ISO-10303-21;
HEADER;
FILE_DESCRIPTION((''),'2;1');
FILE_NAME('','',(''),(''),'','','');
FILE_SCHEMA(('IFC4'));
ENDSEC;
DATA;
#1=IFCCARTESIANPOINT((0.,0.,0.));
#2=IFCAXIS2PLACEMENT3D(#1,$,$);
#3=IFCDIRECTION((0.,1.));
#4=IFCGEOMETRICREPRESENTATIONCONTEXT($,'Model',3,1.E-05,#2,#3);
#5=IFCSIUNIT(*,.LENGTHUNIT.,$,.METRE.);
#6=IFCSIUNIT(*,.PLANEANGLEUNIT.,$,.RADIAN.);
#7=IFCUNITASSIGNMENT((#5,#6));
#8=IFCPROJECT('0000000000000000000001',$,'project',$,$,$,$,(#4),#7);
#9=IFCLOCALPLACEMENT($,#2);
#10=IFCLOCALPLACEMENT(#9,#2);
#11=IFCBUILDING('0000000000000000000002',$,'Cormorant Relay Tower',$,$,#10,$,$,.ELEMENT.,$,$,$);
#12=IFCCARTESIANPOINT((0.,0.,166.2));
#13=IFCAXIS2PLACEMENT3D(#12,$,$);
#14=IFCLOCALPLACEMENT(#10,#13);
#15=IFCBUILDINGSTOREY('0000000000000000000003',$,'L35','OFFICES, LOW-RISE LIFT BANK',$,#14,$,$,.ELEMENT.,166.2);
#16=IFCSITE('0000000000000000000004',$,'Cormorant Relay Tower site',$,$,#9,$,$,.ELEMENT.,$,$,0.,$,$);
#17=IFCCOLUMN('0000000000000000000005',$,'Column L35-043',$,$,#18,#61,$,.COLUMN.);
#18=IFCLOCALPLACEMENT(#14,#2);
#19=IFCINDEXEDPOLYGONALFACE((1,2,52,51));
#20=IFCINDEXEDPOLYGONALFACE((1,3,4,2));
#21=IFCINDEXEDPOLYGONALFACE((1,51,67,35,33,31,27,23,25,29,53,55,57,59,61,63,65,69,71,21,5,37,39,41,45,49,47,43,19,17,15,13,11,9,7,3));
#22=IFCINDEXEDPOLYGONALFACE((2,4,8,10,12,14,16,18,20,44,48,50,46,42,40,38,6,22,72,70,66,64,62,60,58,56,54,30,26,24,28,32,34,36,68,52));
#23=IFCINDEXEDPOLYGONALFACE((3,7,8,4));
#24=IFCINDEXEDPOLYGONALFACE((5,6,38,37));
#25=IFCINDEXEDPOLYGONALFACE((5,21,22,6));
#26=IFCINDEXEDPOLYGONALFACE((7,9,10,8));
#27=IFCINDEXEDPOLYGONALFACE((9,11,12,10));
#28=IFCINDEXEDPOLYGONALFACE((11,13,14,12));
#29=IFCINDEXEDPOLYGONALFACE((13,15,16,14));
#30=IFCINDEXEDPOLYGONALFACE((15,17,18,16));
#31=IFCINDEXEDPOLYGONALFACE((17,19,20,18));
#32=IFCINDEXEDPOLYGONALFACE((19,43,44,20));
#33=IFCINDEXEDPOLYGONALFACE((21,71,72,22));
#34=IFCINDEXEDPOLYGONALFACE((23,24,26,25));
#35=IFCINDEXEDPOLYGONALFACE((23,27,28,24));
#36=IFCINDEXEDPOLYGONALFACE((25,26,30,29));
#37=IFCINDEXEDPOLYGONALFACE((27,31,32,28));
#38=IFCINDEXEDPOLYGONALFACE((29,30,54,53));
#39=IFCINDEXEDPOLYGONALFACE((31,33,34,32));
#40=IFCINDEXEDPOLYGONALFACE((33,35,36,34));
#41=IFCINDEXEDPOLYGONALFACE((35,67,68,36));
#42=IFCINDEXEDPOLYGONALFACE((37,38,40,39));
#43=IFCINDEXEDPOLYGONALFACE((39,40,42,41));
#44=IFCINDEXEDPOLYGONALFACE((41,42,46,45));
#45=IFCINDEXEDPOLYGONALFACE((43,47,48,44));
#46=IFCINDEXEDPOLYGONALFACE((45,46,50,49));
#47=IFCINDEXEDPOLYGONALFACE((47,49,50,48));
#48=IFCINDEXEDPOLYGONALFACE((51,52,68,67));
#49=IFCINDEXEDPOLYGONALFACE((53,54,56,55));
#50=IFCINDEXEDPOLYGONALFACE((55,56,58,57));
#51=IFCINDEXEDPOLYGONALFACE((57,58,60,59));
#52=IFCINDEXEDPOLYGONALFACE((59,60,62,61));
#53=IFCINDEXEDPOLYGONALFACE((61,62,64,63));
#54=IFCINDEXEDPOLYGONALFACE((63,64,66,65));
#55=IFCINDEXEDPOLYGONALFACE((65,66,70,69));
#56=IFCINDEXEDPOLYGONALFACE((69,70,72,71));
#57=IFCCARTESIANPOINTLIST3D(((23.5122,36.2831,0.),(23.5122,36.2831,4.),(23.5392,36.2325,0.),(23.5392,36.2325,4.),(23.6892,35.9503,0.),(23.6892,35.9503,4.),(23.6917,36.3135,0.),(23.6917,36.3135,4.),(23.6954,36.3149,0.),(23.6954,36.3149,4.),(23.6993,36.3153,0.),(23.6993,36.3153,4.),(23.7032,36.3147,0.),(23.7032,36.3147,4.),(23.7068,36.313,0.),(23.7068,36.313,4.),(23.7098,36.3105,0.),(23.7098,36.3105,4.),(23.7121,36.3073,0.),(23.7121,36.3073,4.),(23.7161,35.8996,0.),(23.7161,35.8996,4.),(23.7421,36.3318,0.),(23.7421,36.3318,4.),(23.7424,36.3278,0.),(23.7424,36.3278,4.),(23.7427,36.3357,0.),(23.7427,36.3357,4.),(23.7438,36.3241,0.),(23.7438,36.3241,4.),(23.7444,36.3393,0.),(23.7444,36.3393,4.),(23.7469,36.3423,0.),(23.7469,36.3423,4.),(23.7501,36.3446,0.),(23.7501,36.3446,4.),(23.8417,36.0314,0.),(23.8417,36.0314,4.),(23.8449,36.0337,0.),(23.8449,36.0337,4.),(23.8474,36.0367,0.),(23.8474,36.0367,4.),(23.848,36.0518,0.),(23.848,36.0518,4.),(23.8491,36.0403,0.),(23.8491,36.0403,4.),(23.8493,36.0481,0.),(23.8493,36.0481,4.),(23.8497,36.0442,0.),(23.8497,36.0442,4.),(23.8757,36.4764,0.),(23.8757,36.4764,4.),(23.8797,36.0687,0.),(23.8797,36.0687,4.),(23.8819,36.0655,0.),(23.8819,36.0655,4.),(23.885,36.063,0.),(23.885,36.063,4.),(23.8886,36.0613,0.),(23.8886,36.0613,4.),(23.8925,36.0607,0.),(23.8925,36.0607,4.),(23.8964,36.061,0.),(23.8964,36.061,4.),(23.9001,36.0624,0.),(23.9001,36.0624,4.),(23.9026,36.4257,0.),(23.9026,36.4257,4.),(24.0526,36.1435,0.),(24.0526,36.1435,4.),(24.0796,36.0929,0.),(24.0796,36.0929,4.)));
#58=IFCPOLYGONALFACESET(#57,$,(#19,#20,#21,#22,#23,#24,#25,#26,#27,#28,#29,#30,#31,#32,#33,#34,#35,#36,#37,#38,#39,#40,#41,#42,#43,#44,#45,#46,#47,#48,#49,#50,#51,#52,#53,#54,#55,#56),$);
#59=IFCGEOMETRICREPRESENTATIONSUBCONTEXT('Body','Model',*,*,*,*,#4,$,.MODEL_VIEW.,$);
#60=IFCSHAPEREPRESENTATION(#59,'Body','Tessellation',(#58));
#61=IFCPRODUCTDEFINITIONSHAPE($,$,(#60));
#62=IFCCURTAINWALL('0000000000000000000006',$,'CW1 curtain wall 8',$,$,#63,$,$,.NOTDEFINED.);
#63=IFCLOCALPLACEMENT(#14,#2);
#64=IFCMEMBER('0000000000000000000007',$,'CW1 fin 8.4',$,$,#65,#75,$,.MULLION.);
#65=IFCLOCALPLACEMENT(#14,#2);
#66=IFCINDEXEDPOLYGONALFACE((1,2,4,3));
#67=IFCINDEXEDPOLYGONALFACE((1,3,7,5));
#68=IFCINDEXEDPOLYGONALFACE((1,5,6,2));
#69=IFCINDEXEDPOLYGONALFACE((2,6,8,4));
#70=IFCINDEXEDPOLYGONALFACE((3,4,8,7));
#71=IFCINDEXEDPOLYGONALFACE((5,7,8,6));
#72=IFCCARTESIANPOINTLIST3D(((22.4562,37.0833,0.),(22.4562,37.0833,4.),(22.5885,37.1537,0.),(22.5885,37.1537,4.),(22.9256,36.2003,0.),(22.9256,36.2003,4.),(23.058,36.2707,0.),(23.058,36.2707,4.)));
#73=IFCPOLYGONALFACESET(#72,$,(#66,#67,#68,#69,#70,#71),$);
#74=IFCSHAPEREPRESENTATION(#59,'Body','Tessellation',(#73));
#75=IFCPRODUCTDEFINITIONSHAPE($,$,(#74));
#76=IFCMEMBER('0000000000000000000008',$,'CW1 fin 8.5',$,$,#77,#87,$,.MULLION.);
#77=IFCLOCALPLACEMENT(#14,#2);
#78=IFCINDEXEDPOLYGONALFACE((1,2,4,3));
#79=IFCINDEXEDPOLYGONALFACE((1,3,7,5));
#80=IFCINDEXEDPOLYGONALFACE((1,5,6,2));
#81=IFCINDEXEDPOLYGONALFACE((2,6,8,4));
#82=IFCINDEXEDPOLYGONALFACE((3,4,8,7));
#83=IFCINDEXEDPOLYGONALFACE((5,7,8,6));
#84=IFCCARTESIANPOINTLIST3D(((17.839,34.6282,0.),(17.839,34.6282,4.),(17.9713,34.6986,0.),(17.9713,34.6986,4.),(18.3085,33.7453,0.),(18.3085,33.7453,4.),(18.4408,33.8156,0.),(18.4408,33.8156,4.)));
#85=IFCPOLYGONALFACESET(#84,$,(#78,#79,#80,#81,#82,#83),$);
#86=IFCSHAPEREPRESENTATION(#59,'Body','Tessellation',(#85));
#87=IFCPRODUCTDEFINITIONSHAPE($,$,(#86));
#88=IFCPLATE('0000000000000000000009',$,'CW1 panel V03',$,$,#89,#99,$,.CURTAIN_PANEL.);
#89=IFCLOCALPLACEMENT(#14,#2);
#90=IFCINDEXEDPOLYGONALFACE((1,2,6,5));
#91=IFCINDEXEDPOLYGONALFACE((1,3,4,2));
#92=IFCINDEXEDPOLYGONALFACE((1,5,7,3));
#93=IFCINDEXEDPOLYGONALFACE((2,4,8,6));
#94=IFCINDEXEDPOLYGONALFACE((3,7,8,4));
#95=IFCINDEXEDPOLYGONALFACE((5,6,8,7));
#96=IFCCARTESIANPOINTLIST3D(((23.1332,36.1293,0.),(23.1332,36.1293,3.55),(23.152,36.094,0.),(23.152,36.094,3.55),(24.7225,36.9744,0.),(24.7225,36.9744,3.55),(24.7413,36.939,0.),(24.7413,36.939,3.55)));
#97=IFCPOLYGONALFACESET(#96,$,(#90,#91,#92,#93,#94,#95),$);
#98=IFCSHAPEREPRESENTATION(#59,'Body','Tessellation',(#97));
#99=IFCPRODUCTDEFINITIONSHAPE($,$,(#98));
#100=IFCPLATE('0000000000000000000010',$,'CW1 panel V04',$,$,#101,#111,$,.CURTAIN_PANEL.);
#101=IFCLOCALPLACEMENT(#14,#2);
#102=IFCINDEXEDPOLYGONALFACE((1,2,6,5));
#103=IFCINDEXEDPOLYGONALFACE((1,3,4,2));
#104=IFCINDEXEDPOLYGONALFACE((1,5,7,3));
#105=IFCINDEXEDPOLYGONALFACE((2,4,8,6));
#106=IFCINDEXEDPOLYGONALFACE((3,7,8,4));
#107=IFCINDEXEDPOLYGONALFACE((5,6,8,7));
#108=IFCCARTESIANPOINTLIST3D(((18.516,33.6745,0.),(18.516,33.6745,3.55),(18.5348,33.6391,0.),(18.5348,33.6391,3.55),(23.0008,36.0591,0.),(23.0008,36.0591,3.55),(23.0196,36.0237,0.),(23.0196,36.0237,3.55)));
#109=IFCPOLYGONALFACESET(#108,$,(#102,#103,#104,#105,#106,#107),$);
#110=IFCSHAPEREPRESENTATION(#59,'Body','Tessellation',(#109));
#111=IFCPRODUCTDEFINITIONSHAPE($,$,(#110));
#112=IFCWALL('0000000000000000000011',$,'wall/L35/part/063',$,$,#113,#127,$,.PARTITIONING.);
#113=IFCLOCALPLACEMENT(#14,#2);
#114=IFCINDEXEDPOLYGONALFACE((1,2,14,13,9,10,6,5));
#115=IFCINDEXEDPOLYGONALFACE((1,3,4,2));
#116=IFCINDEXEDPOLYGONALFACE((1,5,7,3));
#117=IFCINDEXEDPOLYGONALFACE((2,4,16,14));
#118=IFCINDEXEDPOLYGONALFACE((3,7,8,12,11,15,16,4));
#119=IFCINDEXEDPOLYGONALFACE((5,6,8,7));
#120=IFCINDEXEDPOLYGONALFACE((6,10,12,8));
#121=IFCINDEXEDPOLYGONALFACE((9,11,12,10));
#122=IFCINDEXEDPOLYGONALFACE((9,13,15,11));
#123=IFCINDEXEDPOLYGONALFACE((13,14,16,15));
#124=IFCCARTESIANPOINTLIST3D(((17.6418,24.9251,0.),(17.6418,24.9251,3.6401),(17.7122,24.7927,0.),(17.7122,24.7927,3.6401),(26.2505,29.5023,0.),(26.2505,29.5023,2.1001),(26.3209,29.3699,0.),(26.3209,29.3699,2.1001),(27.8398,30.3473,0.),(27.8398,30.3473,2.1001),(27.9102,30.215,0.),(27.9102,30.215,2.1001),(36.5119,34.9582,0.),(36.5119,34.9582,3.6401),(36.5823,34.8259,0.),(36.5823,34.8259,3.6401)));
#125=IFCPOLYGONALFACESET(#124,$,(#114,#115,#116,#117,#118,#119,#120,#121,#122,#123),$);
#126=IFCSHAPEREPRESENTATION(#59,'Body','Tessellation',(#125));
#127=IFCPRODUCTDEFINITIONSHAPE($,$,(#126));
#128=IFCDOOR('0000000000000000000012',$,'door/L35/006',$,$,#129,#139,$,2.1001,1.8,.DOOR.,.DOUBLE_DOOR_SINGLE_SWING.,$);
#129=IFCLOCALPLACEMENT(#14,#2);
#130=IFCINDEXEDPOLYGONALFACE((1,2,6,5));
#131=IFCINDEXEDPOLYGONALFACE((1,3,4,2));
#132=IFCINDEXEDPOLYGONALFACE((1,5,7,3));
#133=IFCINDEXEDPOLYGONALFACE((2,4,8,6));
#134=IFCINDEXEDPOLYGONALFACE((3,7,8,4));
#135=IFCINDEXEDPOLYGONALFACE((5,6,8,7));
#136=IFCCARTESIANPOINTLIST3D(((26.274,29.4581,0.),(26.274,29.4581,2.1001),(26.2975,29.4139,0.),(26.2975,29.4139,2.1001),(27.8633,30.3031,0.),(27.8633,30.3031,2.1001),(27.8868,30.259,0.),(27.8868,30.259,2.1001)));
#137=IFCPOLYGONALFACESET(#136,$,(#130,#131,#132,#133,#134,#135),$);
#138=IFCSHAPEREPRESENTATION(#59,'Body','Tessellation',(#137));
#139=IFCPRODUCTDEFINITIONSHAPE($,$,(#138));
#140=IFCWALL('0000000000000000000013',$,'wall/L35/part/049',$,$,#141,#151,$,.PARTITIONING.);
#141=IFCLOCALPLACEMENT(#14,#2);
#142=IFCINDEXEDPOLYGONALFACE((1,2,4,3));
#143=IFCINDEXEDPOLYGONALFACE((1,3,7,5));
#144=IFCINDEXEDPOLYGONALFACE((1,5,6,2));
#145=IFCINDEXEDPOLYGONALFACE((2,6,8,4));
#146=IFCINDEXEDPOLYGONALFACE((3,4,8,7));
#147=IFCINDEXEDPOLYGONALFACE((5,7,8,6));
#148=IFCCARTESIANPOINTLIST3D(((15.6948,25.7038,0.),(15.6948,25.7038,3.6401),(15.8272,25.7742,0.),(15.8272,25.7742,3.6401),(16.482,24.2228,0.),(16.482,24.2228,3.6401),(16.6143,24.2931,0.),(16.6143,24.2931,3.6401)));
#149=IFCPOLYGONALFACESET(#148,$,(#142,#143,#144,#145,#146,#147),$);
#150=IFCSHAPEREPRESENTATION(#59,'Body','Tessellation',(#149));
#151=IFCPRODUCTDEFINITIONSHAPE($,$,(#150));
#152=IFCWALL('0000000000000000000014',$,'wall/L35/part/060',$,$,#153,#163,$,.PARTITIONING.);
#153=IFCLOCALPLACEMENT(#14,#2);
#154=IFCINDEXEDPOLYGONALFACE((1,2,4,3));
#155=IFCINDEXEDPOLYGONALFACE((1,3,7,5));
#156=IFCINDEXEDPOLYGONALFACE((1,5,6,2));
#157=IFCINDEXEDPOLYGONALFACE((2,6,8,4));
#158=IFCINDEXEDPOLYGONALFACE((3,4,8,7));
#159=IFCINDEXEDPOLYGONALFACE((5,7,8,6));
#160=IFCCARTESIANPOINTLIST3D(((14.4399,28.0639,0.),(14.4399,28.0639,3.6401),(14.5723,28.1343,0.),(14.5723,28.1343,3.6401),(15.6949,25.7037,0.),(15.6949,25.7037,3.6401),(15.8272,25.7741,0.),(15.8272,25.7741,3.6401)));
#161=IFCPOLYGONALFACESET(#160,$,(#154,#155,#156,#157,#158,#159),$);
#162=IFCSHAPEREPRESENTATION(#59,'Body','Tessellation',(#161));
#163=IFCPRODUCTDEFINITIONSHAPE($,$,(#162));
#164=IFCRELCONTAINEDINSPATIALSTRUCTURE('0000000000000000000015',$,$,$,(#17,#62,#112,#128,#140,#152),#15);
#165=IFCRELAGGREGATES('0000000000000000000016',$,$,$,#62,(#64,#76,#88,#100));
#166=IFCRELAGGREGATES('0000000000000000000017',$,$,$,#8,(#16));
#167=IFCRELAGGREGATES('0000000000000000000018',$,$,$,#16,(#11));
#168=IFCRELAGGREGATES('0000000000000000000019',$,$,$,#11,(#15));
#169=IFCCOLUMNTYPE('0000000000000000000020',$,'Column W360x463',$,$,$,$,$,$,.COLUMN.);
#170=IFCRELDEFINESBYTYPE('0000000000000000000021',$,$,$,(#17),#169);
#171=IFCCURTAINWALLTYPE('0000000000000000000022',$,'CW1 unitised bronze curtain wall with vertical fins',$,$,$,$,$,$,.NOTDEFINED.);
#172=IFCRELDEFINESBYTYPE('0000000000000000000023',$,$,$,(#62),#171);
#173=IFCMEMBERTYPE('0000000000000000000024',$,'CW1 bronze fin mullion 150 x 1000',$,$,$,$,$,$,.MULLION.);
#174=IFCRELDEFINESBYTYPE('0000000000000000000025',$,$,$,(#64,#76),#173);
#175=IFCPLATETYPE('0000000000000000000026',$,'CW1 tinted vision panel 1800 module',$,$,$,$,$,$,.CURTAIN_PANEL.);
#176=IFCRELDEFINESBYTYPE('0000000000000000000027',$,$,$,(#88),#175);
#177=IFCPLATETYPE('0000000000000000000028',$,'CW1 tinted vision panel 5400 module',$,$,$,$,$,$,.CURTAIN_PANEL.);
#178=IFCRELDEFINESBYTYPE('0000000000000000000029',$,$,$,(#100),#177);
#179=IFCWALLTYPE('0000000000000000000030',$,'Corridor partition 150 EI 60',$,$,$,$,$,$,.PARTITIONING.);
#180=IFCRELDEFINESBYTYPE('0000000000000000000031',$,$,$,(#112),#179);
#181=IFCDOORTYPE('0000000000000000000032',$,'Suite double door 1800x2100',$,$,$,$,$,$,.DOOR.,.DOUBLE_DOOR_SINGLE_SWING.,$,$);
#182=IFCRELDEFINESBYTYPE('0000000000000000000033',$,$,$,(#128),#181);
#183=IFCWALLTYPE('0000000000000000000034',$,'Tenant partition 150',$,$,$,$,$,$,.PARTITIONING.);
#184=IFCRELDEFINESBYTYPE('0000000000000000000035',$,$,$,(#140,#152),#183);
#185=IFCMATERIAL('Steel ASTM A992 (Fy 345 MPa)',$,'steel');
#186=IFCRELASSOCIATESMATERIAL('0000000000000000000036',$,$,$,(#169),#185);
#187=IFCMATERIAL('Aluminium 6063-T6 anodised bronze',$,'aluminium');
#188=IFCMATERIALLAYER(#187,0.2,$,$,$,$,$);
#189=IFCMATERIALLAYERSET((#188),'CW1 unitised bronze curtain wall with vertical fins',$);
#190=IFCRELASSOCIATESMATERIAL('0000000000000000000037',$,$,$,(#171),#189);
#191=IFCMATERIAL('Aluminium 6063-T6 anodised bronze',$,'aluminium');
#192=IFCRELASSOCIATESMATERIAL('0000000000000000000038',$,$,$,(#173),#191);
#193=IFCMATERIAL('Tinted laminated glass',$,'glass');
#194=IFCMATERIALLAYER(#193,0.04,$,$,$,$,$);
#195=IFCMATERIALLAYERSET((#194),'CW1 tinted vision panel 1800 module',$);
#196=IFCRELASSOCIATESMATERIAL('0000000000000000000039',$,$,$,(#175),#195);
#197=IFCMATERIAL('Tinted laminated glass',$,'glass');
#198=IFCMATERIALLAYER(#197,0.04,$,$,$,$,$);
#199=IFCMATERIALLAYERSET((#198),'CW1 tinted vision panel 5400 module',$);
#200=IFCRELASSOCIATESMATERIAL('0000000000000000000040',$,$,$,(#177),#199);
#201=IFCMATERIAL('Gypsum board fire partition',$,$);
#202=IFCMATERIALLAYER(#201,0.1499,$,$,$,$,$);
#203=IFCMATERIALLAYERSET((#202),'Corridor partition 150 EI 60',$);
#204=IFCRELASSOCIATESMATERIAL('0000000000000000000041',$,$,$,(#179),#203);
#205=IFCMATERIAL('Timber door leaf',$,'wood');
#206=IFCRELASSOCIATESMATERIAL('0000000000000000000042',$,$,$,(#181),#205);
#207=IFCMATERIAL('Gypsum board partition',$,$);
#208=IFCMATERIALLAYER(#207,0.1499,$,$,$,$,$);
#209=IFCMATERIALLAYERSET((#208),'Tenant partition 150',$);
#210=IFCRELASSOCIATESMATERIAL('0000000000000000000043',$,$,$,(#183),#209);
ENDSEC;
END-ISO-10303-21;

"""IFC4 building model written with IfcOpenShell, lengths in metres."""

from ifc_helpers import new_model, si_unit, direction, frame, frame_2d, origin, origin_2d, place, context, subcontext, project, spatial, rectangle, i_section, extrude, material, layer, layer_set, material_profile, profile_set, type_object, element, fill, aggregate, save


model = new_model("IFC4")

# Units and contexts
model_context = context("Model", 3, precision=1e-05, world=origin(), true_north=direction((0.0, 1.0)))
body_context = subcontext(model_context, "Body", "Model", "MODEL_VIEW")
ifc_project = project(units=[si_unit("LENGTHUNIT", "METRE"), si_unit("PLANEANGLEUNIT", "RADIAN")], contexts=[model_context])

# Site, building, storey
site_placement = place(None, origin())
site = spatial("IfcSite", under=ifc_project, at=site_placement, Name="Cormorant Relay Tower site", CompositionType="ELEMENT", RefElevation=0.0)
building_placement = place(site_placement, origin())
building = spatial("IfcBuilding", under=site, at=building_placement, Name="Cormorant Relay Tower", CompositionType="ELEMENT")
storey_placement = place(building_placement, frame((0.0, 0.0, 166.2)))
storey = spatial("IfcBuildingStorey", under=building, at=storey_placement, Name="L35", Description="OFFICES, LOW-RISE LIFT BANK", CompositionType="ELEMENT", Elevation=166.2)

# Column
ifc_material_1 = material(Name="Steel ASTM A992 (Fy 345 MPa)", Category="steel")
ifc_material_profile_1 = material_profile(ifc_material_1, i_section(OverallWidth=0.4116, OverallDepth=0.4343, WebThickness=0.0359, FlangeThickness=0.0574, FilletRadius=0.0151, at=origin_2d()), Name="W360x463")
ifc_profile_set_1 = profile_set([ifc_material_profile_1], Name="Steel ASTM A992 (Fy 345 MPa)")
column_type = type_object("IfcColumnType", Name="Column W360x463", PredefinedType="COLUMN", material=ifc_profile_set_1)
column_placement = place(storey_placement, frame((23.7959, 36.188, 0.0), z_axis=(0.0, 0.0, 1.0), x_axis=(-0.882948, -0.469472, 0.0)))
element("IfcColumn", 1, at=column_placement, inside=storey, type_object=column_type, Name="Column L35-043", PredefinedType="COLUMN", context=body_context, shape_type="SweptSolid", body=[
    extrude(i_section(OverallWidth=0.4116, OverallDepth=0.4343, WebThickness=0.0359, FlangeThickness=0.0574, FilletRadius=0.0151, at=origin_2d()), origin(), (0.0, 0.0, 1.0), 4.0),
])

# Curtain wall, members, plates
ifc_material_2 = material(Name="Aluminium 6063-T6 anodised bronze", Category="aluminium")
ifc_layer_1 = layer(ifc_material_2, 0.2)
ifc_layer_set_1 = layer_set([ifc_layer_1], Name="CW1 unitised bronze curtain wall with vertical fins")
curtain_wall_type = type_object("IfcCurtainWallType", Name="CW1 unitised bronze curtain wall with vertical fins", PredefinedType="NOTDEFINED", material=ifc_layer_set_1)
curtain_wall_placement = place(storey_placement, origin())
curtain_wall = element("IfcCurtainWall", 2, at=curtain_wall_placement, inside=storey, type_object=curtain_wall_type, Name="CW1 curtain wall 8", PredefinedType="NOTDEFINED")
ifc_material_3 = material(Name="Aluminium 6063-T6 anodised bronze", Category="aluminium")
ifc_material_profile_2 = material_profile(ifc_material_3, rectangle(XDim=0.1499, YDim=1.0, at=origin_2d()), Name="AL 150x1000")
ifc_profile_set_2 = profile_set([ifc_material_profile_2], Name="Aluminium 6063-T6 anodised bronze")
member_type = type_object("IfcMemberType", Name="CW1 bronze fin mullion 150 x 1000", PredefinedType="MULLION", material=ifc_profile_set_2)
member_1_placement = place(storey_placement, frame((22.7571, 36.677, 0.0), z_axis=(0.0, 0.0, 1.0), x_axis=(-0.882948, -0.469472, 0.0)))
member_1 = element("IfcMember", 3, at=member_1_placement, type_object=member_type, Name="CW1 fin 8.4", PredefinedType="MULLION", context=body_context, shape_type="SweptSolid", body=[
    extrude(rectangle(XDim=0.1499, YDim=1.0, at=origin_2d()), origin(), (0.0, 0.0, 1.0), 4.0),
])
member_2_placement = place(storey_placement, frame((18.1399, 34.2219, 0.0), z_axis=(0.0, 0.0, 1.0), x_axis=(-0.882948, -0.469472, 0.0)))
member_2 = element("IfcMember", 4, at=member_2_placement, type_object=member_type, Name="CW1 fin 8.5", PredefinedType="MULLION", context=body_context, shape_type="SweptSolid", body=[
    extrude(rectangle(XDim=0.1499, YDim=1.0, at=origin_2d()), origin(), (0.0, 0.0, 1.0), 4.0),
])
ifc_material_4 = material(Name="Tinted laminated glass", Category="glass")
ifc_layer_2 = layer(ifc_material_4, 0.04)
ifc_layer_set_2 = layer_set([ifc_layer_2], Name="CW1 tinted vision panel 1800 module")
plate_type_1 = type_object("IfcPlateType", Name="CW1 tinted vision panel 1800 module", PredefinedType="CURTAIN_PANEL", material=ifc_layer_set_2)
plate_1_placement = place(storey_placement, frame((23.9373, 36.5342, 0.0), z_axis=(0.0, 0.0, 1.0), x_axis=(-0.882948, -0.469472, 0.0)))
plate_1 = element("IfcPlate", 5, at=plate_1_placement, type_object=plate_type_1, Name="CW1 panel V03", PredefinedType="CURTAIN_PANEL", context=body_context, shape_type="SweptSolid", body=[
    extrude(rectangle(XDim=1.8, YDim=0.04, at=origin_2d()), origin(), (0.0, 0.0, 1.0), 3.55),
])
ifc_material_5 = material(Name="Tinted laminated glass", Category="glass")
ifc_layer_3 = layer(ifc_material_5, 0.04)
ifc_layer_set_3 = layer_set([ifc_layer_3], Name="CW1 tinted vision panel 5400 module")
plate_type_2 = type_object("IfcPlateType", Name="CW1 tinted vision panel 5400 module", PredefinedType="CURTAIN_PANEL", material=ifc_layer_set_3)
plate_2_placement = place(storey_placement, frame((20.7678, 34.8491, 0.0), z_axis=(0.0, 0.0, 1.0), x_axis=(-0.882948, -0.469472, 0.0)))
plate_2 = element("IfcPlate", 6, at=plate_2_placement, type_object=plate_type_2, Name="CW1 panel V04", PredefinedType="CURTAIN_PANEL", context=body_context, shape_type="SweptSolid", body=[
    extrude(rectangle(XDim=5.0793, YDim=0.04, at=origin_2d()), origin(), (0.0, 0.0, 1.0), 3.55),
])

# Wall, opening, door
ifc_material_6 = material(Name="Gypsum board fire partition")
ifc_layer_4 = layer(ifc_material_6, 0.1499)
ifc_layer_set_4 = layer_set([ifc_layer_4], Name="Corridor partition 150 EI 60")
wall_type_1 = type_object("IfcWallType", Name="Corridor partition 150 EI 60", PredefinedType="PARTITIONING", material=ifc_layer_set_4)
wall_1_placement = place(storey_placement, frame((17.677, 24.8589, 0.0), z_axis=(0.0, 0.0, 1.0), x_axis=(0.882952, 0.469464, 0.0)))
wall_1 = element("IfcWall", 7, at=wall_1_placement, inside=storey, type_object=wall_type_1, Name="wall/L35/part/063", PredefinedType="PARTITIONING", context=body_context, shape_type="SweptSolid", body=[
    extrude(rectangle(XDim=21.3716, YDim=0.1499, at=frame_2d((10.6858, 0.0))), origin(), (0.0, 0.0, 1.0), 3.6401),
])
opening_placement = place(wall_1_placement, frame((9.75, 0.0, 0.0)))
opening = element("IfcOpeningElement", 8, at=opening_placement, cuts=wall_1, PredefinedType="OPENING", context=body_context, shape_type="SweptSolid", body=[
    extrude(rectangle(XDim=1.8, YDim=2.1001, at=frame_2d((0.8999, 1.05))), frame((0.0, 0.085, 0.0), z_axis=(0.0, -1.0, 0.0), x_axis=(1.0, 0.0, 0.0)), (0.0, 0.0, 1.0), 0.1699),
])
ifc_material_7 = material(Name="Timber door leaf", Category="wood")
door_type = type_object("IfcDoorType", Name="Suite double door 1800x2100", OperationType="DOUBLE_DOOR_SINGLE_SWING", PredefinedType="DOOR", material=ifc_material_7)
door_placement = place(opening_placement, origin())
door = element("IfcDoor", 9, at=door_placement, inside=storey, type_object=door_type, Name="door/L35/006", OperationType="DOUBLE_DOOR_SINGLE_SWING", OverallHeight=2.1001, OverallWidth=1.8, PredefinedType="DOOR", context=body_context, shape_type="SweptSolid", body=[
    extrude(rectangle(XDim=1.8, YDim=2.1001, at=frame_2d((0.8999, 1.05))), frame((0.0, 0.0249, 0.0), z_axis=(0.0, -1.0, 0.0), x_axis=(1.0, 0.0, 0.0)), (0.0, 0.0, 1.0), 0.05),
])
fill(opening, door)

# Walls
ifc_material_8 = material(Name="Gypsum board partition")
ifc_layer_5 = layer(ifc_material_8, 0.1499)
ifc_layer_set_5 = layer_set([ifc_layer_5], Name="Tenant partition 150")
wall_type_2 = type_object("IfcWallType", Name="Tenant partition 150", PredefinedType="PARTITIONING", material=ifc_layer_set_5)
wall_2_placement = place(storey_placement, frame((15.761, 25.739, 0.0), z_axis=(0.0, 0.0, 1.0), x_axis=(0.469318, -0.883029, 0.0)))
element("IfcWall", 10, at=wall_2_placement, inside=storey, type_object=wall_type_2, Name="wall/L35/part/049", PredefinedType="PARTITIONING", context=body_context, shape_type="SweptSolid", body=[
    extrude(rectangle(XDim=1.6772, YDim=0.1499, at=frame_2d((0.8386, 0.0))), origin(), (0.0, 0.0, 1.0), 3.6401),
])
wall_3_placement = place(storey_placement, frame((15.761, 25.739, 0.0), z_axis=(0.0, 0.0, 1.0), x_axis=(-0.469469, 0.882949, 0.0)))
element("IfcWall", 11, at=wall_3_placement, inside=storey, type_object=wall_type_2, Name="wall/L35/part/060", PredefinedType="PARTITIONING", context=body_context, shape_type="SweptSolid", body=[
    extrude(rectangle(XDim=2.6731, YDim=0.1499, at=frame_2d((1.3364, 0.0))), origin(), (0.0, 0.0, 1.0), 3.6401),
])

aggregate(curtain_wall, [member_1, member_2, plate_1, plate_2])

save(model, "model.ifc")
